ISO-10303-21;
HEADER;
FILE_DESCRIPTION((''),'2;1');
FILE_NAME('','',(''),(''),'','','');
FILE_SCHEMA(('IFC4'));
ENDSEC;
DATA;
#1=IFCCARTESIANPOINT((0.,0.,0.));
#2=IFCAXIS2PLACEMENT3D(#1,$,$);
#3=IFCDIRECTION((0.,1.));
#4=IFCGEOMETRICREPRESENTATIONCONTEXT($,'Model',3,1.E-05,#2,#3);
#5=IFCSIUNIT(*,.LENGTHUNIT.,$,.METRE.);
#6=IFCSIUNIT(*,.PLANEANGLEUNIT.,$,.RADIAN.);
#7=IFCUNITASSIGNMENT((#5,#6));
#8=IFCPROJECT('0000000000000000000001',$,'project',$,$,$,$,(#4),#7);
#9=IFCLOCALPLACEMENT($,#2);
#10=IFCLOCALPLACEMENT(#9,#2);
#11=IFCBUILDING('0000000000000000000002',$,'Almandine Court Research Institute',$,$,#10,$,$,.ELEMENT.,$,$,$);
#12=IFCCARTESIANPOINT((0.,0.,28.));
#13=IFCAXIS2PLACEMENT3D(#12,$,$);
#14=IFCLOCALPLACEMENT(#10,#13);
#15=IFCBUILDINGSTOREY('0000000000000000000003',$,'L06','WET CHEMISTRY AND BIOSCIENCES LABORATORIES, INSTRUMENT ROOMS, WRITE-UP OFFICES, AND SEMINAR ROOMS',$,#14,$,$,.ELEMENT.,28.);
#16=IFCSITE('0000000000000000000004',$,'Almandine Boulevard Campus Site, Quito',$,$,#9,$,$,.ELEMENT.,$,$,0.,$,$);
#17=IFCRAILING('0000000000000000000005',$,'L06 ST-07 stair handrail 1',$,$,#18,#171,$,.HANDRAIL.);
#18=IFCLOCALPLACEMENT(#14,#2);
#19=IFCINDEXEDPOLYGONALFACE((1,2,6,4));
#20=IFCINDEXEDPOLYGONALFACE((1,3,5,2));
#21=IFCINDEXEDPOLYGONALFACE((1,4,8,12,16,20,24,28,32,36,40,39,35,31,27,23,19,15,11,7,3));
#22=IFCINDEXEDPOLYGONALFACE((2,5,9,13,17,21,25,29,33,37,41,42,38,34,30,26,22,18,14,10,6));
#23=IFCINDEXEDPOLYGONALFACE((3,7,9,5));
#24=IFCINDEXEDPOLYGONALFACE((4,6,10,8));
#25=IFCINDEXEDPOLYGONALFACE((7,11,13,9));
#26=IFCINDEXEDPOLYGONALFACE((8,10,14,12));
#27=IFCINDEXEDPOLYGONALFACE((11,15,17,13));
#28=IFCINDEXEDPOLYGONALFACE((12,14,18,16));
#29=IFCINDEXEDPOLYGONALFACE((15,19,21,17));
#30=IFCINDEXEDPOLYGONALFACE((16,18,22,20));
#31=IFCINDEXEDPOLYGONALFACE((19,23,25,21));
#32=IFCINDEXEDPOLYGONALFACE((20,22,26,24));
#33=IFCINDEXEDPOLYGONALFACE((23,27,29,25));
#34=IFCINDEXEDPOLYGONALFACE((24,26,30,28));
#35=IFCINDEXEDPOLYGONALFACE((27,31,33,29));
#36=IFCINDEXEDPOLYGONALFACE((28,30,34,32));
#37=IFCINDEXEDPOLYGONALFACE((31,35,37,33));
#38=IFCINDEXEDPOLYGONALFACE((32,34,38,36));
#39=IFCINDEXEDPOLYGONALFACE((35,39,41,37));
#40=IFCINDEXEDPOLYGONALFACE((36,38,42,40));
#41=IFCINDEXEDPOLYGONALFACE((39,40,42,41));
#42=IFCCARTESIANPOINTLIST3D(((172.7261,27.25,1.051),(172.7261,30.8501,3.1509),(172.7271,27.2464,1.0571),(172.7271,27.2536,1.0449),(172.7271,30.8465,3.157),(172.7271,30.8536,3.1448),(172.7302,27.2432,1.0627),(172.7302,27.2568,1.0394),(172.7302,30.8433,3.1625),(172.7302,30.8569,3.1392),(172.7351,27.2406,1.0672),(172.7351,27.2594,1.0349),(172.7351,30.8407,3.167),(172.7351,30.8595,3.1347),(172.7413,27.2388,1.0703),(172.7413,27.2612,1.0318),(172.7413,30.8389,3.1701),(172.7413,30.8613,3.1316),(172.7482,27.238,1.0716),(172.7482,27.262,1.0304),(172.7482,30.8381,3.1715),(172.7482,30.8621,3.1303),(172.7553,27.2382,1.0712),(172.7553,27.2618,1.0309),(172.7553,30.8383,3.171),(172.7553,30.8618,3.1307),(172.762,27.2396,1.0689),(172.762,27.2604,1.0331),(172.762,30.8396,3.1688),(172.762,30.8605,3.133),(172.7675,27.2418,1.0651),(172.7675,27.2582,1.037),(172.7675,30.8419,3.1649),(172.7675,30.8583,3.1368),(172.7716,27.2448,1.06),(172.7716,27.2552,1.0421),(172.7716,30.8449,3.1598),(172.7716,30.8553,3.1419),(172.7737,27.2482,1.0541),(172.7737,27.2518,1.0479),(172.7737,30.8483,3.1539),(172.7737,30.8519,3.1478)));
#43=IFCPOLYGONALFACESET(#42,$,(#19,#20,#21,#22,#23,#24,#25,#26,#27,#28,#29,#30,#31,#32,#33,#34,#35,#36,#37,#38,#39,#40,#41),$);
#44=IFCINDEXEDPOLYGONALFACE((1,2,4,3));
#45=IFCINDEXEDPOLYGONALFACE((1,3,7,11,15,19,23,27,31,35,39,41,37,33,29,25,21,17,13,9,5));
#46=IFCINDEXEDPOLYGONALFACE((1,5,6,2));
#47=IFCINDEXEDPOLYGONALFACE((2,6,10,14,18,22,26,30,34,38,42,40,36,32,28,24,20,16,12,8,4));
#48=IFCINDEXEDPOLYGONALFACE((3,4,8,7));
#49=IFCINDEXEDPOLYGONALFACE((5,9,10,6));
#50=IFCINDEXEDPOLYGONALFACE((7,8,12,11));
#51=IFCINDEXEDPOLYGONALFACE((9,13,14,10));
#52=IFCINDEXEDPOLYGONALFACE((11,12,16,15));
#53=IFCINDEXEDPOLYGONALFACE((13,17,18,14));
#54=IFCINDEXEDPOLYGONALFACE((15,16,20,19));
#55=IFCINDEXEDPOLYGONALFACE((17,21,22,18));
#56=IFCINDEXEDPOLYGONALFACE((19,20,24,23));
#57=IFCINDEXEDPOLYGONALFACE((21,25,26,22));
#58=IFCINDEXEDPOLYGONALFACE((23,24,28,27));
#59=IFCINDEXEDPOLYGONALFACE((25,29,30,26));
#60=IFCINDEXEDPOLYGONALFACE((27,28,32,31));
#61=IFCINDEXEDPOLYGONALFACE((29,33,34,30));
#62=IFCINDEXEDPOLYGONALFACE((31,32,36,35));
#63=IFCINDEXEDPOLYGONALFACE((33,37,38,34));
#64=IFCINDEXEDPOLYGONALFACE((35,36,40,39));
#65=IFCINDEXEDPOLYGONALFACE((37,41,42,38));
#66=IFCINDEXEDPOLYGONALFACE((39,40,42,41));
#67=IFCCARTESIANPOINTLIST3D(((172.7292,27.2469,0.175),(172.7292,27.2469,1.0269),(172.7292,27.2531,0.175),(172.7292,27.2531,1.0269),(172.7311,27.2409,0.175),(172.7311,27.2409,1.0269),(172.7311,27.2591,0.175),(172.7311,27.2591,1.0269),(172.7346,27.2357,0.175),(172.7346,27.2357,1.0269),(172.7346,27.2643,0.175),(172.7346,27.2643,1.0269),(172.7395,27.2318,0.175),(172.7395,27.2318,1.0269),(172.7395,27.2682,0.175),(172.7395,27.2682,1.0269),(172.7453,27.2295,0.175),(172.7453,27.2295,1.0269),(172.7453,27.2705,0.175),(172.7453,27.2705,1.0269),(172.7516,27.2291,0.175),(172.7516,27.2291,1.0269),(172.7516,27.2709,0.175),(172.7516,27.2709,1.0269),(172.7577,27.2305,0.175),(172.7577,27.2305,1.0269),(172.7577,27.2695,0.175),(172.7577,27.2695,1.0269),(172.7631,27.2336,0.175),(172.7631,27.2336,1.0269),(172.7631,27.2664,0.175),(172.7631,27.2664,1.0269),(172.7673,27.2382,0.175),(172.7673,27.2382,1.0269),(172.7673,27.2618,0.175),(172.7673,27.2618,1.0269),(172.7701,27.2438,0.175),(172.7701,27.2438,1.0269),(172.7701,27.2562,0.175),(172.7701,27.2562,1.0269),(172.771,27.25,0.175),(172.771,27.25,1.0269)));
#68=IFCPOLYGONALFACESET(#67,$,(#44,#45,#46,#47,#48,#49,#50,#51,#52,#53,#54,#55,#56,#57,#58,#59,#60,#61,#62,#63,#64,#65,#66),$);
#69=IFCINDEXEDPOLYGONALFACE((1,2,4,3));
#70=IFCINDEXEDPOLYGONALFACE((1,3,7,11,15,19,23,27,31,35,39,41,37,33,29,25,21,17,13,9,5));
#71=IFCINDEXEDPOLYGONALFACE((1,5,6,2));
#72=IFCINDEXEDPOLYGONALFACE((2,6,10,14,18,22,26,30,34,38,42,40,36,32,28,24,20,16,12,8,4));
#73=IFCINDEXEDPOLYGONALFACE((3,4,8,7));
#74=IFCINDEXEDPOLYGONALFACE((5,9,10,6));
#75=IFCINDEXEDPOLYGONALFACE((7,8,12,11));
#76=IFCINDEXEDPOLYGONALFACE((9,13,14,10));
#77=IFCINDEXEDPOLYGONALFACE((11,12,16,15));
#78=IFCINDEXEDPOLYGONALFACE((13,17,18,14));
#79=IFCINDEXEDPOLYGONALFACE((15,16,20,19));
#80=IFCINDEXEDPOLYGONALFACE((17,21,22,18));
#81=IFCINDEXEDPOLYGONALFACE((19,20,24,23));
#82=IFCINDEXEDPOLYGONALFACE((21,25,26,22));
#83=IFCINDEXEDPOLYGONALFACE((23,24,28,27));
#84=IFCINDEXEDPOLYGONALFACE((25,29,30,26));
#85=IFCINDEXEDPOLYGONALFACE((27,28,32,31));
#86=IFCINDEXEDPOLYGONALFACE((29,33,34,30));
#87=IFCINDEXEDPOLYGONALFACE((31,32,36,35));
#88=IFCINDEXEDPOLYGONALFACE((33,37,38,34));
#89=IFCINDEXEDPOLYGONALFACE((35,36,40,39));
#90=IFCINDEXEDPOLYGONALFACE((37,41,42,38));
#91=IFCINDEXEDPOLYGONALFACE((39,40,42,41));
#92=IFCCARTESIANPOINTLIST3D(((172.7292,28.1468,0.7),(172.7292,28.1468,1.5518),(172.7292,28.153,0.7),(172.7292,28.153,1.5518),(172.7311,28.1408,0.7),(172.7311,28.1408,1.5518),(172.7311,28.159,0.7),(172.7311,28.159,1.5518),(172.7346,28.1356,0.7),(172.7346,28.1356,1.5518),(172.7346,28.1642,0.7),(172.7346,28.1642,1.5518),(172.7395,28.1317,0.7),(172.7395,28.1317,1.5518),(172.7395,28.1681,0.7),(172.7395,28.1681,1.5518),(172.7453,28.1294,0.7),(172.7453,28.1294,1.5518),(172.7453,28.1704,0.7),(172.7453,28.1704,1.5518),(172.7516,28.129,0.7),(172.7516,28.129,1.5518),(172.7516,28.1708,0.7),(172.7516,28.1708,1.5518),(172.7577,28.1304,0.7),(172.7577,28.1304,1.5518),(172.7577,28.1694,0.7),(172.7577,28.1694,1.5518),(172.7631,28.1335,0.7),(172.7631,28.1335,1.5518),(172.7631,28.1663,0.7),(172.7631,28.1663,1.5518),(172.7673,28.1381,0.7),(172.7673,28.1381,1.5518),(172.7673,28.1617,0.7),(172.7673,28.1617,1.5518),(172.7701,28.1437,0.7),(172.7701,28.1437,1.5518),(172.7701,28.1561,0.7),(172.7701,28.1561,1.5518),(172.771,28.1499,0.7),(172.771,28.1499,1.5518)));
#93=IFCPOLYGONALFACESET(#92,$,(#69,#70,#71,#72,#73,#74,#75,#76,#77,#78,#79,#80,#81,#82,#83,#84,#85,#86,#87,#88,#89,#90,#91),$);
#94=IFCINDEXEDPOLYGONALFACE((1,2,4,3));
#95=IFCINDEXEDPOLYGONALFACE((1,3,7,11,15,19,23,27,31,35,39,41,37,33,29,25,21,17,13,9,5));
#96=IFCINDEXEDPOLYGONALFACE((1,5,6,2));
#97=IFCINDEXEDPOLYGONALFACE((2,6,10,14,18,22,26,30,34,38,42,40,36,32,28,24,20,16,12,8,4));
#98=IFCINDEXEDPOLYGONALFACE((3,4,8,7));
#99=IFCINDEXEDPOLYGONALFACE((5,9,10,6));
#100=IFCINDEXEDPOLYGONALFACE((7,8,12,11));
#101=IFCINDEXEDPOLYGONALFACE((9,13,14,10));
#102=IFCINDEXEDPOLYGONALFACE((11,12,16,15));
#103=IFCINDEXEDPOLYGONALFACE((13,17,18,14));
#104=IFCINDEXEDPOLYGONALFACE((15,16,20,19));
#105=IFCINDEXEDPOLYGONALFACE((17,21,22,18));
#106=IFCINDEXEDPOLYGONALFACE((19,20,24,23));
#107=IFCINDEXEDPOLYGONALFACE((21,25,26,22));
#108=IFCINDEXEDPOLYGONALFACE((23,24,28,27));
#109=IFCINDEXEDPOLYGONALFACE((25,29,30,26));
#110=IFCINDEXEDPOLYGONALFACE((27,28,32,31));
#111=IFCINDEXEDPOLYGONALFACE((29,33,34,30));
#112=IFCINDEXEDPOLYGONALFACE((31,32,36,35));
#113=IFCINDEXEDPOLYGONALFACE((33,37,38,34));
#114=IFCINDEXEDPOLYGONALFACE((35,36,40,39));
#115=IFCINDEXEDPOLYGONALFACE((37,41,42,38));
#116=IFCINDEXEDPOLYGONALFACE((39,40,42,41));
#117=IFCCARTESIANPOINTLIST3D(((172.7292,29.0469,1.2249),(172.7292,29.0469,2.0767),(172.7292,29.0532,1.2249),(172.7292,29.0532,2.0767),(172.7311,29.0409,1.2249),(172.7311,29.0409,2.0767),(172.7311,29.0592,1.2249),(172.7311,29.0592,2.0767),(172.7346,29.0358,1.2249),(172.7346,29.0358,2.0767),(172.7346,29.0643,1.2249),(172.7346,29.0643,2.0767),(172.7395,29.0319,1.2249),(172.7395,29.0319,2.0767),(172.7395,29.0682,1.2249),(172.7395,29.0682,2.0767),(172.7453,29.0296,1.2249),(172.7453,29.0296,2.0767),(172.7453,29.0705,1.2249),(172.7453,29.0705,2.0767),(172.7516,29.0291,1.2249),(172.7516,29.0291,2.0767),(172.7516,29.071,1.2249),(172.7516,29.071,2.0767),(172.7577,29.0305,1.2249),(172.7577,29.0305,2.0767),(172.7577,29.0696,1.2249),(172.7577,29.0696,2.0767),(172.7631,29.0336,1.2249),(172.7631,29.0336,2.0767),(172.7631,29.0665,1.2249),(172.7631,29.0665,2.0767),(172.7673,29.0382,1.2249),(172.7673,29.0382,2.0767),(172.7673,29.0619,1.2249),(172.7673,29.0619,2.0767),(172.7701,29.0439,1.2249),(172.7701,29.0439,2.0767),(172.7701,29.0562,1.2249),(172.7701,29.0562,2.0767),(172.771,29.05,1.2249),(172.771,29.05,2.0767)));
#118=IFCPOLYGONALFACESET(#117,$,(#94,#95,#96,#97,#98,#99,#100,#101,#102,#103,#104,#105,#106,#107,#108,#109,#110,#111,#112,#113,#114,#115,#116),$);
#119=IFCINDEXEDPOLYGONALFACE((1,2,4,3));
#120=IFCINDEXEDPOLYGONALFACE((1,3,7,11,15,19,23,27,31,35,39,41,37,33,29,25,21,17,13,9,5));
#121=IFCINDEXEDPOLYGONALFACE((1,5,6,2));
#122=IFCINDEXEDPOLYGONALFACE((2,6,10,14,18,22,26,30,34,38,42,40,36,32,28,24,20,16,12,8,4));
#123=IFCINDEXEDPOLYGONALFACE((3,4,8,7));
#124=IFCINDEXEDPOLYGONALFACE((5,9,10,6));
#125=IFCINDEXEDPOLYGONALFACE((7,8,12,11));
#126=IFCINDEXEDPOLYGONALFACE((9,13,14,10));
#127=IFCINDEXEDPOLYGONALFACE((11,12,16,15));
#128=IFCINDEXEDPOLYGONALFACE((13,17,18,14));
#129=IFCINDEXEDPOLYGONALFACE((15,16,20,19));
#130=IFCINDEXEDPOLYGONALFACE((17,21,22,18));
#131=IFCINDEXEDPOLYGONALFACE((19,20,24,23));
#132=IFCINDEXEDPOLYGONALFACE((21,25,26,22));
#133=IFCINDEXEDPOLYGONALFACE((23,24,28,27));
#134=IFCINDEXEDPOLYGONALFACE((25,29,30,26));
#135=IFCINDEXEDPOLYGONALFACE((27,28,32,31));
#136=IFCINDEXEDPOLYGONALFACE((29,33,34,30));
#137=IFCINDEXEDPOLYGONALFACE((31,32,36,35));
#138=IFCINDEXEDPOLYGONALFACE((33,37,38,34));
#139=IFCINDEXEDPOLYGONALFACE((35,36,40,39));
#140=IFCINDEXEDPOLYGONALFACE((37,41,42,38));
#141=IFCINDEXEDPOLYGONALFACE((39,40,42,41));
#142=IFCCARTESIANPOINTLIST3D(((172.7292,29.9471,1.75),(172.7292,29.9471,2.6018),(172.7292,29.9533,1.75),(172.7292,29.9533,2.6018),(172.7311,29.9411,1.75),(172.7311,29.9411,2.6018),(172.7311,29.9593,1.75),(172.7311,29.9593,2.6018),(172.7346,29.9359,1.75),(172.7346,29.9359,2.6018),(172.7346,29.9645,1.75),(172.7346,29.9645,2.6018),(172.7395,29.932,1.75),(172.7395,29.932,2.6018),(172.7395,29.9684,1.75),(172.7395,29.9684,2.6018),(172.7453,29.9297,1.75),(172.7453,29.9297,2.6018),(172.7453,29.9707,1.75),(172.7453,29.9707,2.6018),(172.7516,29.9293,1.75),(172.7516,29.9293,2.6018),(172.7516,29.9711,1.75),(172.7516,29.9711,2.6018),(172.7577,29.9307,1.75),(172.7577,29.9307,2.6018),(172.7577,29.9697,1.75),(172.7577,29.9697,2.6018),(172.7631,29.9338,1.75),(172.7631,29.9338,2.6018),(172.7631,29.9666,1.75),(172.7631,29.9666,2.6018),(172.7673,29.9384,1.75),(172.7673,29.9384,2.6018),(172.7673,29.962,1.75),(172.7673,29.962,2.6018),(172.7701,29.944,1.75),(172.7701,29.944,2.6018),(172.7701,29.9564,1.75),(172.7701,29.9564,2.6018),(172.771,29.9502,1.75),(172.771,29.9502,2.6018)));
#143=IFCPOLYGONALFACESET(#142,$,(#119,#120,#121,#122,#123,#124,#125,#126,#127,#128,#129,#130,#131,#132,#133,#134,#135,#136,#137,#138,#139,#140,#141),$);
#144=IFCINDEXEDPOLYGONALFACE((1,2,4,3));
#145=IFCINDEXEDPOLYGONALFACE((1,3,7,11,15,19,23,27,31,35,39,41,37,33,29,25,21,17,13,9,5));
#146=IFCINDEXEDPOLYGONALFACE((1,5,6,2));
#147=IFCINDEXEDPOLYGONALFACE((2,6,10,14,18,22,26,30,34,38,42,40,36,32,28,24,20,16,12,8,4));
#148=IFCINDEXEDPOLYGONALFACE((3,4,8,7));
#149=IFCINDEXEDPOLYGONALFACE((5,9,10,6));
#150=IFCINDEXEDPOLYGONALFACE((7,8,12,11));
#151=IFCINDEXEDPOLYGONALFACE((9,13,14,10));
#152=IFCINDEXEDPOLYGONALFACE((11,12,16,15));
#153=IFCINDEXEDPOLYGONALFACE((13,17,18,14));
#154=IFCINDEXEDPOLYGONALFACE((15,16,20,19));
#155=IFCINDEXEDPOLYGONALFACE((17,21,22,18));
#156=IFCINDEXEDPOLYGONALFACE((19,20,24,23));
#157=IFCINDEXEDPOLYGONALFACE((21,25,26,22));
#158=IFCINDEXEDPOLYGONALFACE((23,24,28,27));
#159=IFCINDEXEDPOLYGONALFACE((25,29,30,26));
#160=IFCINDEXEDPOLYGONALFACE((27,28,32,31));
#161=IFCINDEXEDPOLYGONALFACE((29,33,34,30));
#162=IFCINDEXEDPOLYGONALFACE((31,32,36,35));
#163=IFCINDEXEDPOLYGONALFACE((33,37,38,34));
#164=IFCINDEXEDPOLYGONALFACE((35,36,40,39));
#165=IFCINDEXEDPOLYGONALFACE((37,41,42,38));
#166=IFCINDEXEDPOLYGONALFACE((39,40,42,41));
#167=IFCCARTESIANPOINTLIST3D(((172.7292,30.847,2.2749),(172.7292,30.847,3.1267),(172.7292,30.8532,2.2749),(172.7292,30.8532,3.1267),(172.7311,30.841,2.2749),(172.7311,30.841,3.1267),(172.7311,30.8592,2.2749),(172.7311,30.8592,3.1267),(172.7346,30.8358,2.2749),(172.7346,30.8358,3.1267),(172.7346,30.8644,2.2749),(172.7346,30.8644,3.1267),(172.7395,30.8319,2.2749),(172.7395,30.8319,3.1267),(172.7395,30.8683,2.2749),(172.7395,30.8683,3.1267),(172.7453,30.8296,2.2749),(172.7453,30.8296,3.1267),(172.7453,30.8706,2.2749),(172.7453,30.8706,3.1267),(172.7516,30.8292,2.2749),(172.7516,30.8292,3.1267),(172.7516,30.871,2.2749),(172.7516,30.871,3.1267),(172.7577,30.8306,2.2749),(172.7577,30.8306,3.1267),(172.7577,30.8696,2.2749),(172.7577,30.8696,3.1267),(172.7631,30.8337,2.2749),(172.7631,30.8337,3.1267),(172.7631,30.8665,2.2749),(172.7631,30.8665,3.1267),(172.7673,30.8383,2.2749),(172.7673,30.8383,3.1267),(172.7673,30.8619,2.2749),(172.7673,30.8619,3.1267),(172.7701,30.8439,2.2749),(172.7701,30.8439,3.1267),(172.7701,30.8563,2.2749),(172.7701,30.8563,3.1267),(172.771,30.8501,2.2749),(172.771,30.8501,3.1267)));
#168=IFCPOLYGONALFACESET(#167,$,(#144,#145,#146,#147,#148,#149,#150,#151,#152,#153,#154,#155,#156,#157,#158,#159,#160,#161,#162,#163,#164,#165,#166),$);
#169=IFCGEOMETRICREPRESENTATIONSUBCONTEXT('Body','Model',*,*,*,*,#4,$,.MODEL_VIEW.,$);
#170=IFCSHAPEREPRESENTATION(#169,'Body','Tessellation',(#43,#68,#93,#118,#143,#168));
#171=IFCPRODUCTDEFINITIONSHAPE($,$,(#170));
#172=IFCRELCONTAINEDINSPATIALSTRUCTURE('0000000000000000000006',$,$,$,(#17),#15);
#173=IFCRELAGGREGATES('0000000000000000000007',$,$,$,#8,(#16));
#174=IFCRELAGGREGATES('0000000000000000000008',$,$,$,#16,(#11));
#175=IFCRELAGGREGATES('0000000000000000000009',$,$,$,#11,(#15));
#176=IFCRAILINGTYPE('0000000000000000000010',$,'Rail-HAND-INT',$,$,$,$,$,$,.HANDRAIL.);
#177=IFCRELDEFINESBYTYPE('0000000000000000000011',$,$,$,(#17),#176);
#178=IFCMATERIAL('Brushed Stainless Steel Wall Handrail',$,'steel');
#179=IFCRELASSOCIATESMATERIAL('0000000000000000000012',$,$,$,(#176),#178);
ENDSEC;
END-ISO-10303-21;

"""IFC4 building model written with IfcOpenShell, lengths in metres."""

from ifc_helpers import new_model, si_unit, direction, frame, origin, origin_2d, place, context, subcontext, project, spatial, circle, extrude, material, type_object, element, save


model = new_model("IFC4")

# Units and contexts
model_context = context("Model", 3, precision=1e-05, world=origin(), true_north=direction((0.0, 1.0)))
body_context = subcontext(model_context, "Body", "Model", "MODEL_VIEW")
ifc_project = project(units=[si_unit("LENGTHUNIT", "METRE"), si_unit("PLANEANGLEUNIT", "RADIAN")], contexts=[model_context])

# Site, building, storey
site_placement = place(None, origin())
site = spatial("IfcSite", under=ifc_project, at=site_placement, Name="Almandine Boulevard Campus Site, Quito", CompositionType="ELEMENT", RefElevation=0.0)
building_placement = place(site_placement, origin())
building = spatial("IfcBuilding", under=site, at=building_placement, Name="Almandine Court Research Institute", CompositionType="ELEMENT")
storey_placement = place(building_placement, frame((0.0, 0.0, 28.0)))
storey = spatial("IfcBuildingStorey", under=building, at=storey_placement, Name="L06", Description="WET CHEMISTRY AND BIOSCIENCES LABORATORIES, INSTRUMENT ROOMS, WRITE-UP OFFICES, AND SEMINAR ROOMS", CompositionType="ELEMENT", Elevation=28.0)

# Railing
ifc_material_1 = material(Name="Brushed Stainless Steel Wall Handrail", Category="steel")
railing_type_1 = type_object("IfcRailingType", Name="Rail-HAND-INT", PredefinedType="HANDRAIL", material=ifc_material_1)
railing_1_placement = place(storey_placement, frame((172.75, 27.25, 0.175)))
element("IfcRailing", 1, at=railing_1_placement, inside=storey, type_object=railing_type_1, Name="L06 ST-07 stair handrail 1", PredefinedType="HANDRAIL", context=body_context, shape_type="SweptSolid", body=[
    extrude(circle(Radius=0.0239, at=origin_2d()), frame((0.0, 0.0, 0.876), z_axis=(0.0, 0.8638, 0.503835), x_axis=(-1.0, 0.0, 0.0)), (0.0, 0.0, 1.0), 4.1677),
    extrude(circle(Radius=0.021, at=origin_2d()), origin(), (0.0, 0.0, 1.0), 0.8518),
    extrude(circle(Radius=0.021, at=origin_2d()), frame((0.0, 0.8999, 0.5249)), (0.0, 0.0, 1.0), 0.8518),
    extrude(circle(Radius=0.021, at=origin_2d()), frame((0.0, 1.8, 1.0498)), (0.0, 0.0, 1.0), 0.8518),
    extrude(circle(Radius=0.021, at=origin_2d()), frame((0.0, 2.7002, 1.575)), (0.0, 0.0, 1.0), 0.8518),
    extrude(circle(Radius=0.021, at=origin_2d()), frame((0.0, 3.6001, 2.0999)), (0.0, 0.0, 1.0), 0.8518),
])

save(model, "model.ifc")
